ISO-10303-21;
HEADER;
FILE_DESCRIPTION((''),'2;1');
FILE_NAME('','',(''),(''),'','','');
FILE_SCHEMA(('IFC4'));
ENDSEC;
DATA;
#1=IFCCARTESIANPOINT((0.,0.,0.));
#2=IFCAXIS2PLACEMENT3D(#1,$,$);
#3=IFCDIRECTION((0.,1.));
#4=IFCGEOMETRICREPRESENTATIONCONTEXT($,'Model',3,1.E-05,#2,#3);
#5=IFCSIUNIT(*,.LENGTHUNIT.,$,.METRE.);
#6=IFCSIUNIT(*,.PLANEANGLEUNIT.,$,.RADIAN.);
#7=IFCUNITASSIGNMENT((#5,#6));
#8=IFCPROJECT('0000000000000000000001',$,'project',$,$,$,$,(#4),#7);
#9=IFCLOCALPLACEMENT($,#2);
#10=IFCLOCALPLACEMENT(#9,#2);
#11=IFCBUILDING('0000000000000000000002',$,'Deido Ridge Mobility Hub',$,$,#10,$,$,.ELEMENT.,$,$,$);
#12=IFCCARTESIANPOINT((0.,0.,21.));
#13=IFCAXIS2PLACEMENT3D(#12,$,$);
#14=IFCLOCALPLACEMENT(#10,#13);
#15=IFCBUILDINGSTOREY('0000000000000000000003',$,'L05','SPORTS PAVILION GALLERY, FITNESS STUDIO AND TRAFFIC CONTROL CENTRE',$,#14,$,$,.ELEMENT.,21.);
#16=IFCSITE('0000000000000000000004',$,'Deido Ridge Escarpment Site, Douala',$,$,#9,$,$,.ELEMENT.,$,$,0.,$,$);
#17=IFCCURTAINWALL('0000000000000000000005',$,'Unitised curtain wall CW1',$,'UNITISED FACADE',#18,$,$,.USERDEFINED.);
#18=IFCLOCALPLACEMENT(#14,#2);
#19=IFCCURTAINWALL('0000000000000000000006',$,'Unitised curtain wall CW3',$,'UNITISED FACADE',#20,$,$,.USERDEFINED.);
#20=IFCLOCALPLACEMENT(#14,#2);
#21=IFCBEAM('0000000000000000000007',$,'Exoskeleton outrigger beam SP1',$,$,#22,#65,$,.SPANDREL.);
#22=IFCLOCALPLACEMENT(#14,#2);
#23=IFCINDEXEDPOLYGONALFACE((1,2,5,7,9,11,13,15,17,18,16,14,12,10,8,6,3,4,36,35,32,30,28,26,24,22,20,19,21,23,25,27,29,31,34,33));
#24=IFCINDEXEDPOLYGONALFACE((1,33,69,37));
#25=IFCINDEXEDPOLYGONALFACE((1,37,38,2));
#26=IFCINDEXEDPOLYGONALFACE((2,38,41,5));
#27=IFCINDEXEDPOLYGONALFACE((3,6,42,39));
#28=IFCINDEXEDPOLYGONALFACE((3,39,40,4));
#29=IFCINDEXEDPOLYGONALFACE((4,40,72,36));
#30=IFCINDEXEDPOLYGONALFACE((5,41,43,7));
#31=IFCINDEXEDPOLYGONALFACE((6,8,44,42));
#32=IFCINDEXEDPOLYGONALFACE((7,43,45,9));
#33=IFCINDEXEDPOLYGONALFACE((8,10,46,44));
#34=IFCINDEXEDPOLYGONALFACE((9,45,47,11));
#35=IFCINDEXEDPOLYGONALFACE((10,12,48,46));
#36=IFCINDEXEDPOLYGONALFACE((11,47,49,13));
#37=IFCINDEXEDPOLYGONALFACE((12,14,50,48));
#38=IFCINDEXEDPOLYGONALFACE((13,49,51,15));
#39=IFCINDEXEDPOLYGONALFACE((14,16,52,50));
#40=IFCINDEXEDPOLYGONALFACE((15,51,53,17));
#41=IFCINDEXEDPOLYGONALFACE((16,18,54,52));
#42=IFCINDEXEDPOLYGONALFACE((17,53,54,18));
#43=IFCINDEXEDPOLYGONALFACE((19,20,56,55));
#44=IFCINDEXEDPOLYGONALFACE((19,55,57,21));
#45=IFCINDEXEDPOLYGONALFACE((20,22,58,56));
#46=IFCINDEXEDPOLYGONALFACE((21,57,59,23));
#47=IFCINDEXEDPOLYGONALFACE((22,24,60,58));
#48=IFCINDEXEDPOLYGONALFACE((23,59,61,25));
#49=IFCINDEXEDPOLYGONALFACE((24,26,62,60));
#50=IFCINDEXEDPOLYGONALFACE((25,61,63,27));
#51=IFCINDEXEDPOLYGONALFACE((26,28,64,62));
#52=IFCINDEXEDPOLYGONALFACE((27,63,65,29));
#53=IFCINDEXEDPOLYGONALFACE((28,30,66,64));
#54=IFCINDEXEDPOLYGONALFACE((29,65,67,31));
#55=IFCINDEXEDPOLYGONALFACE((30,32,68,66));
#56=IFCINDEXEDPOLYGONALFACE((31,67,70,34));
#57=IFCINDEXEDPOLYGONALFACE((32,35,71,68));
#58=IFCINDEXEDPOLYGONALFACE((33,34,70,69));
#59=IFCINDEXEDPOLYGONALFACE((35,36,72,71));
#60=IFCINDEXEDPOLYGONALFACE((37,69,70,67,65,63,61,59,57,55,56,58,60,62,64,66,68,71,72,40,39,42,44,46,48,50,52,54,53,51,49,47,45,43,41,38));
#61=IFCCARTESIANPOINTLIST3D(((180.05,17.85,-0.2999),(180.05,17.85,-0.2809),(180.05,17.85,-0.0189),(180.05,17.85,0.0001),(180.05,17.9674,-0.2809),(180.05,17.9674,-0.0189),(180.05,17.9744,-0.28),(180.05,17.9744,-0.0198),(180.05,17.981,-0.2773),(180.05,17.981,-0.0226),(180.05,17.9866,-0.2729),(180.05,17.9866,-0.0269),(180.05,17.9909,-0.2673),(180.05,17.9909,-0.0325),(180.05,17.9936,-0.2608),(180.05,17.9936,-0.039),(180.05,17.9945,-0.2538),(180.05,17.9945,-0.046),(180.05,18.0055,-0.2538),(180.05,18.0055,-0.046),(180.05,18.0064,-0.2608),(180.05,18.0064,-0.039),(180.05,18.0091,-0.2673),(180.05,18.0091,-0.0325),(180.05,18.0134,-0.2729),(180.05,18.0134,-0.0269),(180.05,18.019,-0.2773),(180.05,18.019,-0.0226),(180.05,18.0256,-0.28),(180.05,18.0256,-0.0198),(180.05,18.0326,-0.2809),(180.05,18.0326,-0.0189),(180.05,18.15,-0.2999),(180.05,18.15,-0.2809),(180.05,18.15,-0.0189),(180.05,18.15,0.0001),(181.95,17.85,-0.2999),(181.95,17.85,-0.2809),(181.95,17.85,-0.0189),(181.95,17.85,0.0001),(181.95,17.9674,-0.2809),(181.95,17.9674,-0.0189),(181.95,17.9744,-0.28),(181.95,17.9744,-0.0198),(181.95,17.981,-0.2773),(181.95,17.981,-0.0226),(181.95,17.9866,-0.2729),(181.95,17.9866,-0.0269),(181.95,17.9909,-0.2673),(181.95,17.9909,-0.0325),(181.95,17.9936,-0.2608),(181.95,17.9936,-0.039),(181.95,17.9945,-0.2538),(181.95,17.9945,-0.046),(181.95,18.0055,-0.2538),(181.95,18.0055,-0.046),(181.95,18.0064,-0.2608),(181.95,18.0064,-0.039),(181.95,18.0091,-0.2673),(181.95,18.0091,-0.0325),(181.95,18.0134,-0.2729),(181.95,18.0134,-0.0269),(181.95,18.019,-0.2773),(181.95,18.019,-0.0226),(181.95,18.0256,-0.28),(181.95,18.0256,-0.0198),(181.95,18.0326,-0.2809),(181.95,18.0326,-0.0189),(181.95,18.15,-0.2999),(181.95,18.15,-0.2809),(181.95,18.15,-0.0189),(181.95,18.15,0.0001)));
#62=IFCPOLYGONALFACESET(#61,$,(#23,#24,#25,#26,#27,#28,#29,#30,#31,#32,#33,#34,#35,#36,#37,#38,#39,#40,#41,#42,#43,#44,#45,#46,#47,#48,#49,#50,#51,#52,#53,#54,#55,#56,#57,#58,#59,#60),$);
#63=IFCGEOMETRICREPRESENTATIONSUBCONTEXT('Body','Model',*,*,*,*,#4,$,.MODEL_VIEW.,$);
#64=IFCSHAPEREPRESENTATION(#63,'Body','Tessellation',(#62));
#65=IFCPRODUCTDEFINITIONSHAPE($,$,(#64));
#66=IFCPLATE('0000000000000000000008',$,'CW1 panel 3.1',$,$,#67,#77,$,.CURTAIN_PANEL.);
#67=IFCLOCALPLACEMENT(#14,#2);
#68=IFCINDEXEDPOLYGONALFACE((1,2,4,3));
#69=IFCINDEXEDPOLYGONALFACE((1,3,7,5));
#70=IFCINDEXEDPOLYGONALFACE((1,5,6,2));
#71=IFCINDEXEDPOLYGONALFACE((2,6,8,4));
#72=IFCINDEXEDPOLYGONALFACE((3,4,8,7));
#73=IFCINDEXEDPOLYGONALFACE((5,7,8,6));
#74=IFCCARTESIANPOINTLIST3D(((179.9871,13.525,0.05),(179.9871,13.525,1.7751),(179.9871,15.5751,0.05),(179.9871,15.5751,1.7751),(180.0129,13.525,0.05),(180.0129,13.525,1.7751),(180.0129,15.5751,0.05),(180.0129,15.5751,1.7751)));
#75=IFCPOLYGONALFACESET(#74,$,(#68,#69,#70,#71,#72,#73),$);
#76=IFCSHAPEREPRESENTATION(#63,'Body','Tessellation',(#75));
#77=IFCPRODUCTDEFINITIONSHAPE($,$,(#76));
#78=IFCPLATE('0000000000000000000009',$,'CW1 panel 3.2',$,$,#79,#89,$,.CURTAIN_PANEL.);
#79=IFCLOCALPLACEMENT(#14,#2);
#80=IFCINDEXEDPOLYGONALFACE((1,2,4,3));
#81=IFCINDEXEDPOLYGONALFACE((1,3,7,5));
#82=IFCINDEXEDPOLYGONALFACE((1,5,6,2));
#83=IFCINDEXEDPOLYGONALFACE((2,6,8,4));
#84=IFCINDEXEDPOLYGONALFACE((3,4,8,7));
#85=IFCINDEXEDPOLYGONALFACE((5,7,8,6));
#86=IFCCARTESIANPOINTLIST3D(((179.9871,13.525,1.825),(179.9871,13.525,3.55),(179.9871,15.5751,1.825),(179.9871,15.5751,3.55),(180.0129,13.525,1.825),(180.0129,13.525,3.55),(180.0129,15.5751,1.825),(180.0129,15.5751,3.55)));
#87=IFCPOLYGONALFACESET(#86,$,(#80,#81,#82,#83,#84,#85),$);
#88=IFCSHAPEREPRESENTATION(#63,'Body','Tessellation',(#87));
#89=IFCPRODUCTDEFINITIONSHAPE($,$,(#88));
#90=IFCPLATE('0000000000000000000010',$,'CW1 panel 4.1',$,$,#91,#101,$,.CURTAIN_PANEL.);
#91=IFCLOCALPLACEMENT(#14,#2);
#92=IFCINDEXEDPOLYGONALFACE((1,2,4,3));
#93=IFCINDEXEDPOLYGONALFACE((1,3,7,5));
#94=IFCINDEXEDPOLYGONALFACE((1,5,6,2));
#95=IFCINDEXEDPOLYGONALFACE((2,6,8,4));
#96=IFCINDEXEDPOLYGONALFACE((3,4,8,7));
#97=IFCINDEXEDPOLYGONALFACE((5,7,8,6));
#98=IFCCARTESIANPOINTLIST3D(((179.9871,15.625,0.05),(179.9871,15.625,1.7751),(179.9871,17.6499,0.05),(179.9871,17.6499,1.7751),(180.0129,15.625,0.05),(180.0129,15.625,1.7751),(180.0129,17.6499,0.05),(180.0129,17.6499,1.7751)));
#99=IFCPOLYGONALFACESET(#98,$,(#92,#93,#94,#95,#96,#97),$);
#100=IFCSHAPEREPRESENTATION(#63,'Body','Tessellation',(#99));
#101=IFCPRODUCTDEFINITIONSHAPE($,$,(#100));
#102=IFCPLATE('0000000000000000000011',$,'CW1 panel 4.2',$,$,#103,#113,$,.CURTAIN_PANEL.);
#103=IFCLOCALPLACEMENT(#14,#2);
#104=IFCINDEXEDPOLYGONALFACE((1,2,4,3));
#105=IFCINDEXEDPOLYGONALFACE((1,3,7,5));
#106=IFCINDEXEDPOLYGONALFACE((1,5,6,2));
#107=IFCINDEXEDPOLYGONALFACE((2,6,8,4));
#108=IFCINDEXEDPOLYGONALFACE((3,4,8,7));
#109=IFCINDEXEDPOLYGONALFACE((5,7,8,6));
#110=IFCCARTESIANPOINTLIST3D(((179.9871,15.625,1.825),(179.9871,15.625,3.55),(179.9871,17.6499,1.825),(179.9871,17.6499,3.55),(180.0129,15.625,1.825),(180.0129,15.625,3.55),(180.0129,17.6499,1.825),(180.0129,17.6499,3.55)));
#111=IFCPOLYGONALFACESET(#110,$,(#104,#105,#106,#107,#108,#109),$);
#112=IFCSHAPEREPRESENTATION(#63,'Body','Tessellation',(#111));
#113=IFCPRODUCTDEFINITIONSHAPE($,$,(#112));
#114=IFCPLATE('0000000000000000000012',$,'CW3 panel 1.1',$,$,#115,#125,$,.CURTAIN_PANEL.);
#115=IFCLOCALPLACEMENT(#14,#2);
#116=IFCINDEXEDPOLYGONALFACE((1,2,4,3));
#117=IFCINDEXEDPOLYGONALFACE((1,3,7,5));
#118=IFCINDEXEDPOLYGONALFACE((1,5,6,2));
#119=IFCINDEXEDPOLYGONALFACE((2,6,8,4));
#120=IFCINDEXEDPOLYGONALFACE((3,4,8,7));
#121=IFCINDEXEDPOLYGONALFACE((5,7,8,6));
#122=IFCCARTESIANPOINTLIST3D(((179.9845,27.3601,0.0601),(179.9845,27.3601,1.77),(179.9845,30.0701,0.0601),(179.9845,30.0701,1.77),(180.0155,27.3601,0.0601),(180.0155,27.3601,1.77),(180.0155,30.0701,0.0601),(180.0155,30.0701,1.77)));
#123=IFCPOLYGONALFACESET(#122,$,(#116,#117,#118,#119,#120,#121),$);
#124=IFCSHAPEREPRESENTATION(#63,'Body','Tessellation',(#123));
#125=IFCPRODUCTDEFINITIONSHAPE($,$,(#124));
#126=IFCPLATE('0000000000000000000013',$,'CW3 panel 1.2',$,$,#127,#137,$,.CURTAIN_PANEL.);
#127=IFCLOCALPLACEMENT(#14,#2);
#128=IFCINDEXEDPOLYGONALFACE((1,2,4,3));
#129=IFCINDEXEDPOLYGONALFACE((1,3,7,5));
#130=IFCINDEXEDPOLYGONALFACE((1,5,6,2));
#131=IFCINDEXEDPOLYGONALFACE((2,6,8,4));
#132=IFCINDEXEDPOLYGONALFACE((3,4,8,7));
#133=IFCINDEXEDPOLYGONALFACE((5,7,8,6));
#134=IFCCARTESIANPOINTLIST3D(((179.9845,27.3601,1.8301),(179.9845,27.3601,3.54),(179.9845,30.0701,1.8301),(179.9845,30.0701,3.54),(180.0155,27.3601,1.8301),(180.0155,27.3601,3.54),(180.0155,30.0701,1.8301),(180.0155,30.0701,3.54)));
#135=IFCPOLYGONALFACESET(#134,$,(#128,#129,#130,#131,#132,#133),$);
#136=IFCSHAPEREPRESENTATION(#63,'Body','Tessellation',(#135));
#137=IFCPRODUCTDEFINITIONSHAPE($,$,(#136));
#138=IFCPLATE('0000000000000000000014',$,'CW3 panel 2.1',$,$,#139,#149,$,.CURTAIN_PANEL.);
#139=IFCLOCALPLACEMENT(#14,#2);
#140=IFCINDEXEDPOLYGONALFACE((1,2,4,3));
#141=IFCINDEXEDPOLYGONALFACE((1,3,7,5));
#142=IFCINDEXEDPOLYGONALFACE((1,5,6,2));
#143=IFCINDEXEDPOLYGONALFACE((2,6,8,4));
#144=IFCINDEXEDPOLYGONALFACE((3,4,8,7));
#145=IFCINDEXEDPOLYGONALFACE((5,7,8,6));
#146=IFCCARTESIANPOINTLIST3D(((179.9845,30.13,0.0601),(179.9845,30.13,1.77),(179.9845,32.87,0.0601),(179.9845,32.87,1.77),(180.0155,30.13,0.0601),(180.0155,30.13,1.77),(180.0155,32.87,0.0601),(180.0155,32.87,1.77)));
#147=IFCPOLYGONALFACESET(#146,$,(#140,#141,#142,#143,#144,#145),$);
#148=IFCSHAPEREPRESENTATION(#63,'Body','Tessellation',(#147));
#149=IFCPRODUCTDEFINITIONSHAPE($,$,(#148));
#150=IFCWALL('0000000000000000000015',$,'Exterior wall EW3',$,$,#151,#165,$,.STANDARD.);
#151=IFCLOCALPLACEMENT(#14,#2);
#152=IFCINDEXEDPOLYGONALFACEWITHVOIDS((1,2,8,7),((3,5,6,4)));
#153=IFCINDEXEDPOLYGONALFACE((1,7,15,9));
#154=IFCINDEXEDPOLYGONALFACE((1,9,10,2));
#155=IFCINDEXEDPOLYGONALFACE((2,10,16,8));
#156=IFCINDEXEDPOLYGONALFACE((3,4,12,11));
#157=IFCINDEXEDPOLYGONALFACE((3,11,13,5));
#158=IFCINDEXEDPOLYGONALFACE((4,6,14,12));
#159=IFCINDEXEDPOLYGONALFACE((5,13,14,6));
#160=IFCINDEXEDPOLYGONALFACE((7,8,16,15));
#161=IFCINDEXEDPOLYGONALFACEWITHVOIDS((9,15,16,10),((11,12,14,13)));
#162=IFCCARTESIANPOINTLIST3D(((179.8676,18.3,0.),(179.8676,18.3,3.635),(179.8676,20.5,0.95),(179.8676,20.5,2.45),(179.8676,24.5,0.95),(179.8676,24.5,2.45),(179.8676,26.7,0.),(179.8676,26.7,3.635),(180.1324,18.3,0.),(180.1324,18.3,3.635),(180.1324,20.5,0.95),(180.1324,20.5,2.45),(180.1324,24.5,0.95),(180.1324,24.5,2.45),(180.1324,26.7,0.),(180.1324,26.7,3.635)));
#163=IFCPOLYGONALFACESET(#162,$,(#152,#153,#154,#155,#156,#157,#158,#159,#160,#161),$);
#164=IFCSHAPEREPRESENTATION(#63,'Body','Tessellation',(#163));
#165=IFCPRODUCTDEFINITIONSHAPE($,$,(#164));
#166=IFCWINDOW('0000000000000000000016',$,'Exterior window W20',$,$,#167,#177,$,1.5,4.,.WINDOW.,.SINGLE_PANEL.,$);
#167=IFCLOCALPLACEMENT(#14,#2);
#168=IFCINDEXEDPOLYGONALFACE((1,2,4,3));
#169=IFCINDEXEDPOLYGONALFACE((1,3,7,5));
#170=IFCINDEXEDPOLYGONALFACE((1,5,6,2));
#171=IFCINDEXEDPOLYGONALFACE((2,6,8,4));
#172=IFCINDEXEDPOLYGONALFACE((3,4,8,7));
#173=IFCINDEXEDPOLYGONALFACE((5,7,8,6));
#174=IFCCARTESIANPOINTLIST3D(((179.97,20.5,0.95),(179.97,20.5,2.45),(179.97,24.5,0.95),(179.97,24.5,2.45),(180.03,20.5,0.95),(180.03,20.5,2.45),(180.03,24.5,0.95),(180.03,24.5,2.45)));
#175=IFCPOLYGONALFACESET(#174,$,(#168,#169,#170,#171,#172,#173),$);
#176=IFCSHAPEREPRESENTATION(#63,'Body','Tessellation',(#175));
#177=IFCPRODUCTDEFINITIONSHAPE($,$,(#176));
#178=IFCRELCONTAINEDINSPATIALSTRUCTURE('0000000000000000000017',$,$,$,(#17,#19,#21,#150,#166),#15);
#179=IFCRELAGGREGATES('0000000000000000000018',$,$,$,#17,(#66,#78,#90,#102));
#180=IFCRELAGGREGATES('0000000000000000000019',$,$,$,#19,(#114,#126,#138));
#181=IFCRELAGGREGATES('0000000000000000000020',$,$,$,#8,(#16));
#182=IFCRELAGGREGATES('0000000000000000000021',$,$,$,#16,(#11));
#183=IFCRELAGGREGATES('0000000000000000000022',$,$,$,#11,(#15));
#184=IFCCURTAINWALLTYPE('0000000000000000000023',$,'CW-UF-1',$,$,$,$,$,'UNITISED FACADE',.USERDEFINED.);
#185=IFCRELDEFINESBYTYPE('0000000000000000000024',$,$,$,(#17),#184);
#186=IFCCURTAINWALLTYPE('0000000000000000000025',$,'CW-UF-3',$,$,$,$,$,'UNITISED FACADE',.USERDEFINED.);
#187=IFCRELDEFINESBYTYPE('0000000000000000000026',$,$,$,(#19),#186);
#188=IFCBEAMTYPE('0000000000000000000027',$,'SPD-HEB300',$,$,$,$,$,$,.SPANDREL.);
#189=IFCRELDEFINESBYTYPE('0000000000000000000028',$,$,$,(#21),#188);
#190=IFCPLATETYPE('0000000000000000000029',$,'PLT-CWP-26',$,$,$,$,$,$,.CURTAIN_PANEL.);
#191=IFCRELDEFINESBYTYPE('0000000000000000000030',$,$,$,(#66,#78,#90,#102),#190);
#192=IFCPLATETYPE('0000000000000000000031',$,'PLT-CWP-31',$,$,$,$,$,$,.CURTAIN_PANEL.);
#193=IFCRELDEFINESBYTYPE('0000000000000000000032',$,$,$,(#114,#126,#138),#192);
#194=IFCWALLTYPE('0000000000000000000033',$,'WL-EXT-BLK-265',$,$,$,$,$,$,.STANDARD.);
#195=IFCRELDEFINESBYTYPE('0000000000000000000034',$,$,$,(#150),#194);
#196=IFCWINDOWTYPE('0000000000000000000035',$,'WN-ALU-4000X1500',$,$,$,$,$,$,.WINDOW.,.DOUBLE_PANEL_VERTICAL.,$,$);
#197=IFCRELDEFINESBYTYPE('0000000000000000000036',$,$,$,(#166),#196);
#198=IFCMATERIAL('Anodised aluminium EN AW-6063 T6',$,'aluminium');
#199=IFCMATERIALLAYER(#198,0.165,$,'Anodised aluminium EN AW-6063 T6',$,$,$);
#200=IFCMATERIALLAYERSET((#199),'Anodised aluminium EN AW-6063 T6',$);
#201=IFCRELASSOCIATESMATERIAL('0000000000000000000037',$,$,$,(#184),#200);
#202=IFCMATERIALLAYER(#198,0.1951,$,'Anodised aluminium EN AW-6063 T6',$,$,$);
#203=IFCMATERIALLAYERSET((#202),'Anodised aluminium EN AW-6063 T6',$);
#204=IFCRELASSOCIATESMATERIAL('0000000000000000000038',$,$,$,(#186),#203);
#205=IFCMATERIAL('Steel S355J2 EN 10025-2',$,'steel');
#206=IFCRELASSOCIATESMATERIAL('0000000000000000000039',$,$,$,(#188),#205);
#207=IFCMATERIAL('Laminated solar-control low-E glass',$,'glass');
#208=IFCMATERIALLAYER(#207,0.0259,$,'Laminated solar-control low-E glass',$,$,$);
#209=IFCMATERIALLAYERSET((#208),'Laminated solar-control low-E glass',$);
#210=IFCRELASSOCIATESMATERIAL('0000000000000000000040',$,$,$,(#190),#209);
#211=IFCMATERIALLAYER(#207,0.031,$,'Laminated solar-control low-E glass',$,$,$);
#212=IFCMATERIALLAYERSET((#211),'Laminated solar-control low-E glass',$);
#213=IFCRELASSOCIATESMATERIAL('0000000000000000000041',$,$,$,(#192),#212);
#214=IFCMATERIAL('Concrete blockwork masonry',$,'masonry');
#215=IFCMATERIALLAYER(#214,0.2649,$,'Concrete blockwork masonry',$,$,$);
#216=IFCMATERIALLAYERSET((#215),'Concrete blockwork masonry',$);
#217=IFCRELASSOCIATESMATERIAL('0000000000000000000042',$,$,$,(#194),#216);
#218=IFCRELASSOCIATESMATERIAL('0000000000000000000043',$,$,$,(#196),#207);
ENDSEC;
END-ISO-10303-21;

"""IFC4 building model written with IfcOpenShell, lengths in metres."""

from ifc_helpers import new_model, si_unit, direction, frame, frame_2d, origin, origin_2d, place, context, subcontext, project, spatial, rectangle, i_section, extrude, material, layer, layer_set, material_profile, profile_set, type_object, element, fill, aggregate, save


model = new_model("IFC4")

# Units and contexts
model_context = context("Model", 3, precision=1e-05, world=origin(), true_north=direction((0.0, 1.0)))
body_context = subcontext(model_context, "Body", "Model", "MODEL_VIEW")
ifc_project = project(units=[si_unit("LENGTHUNIT", "METRE"), si_unit("PLANEANGLEUNIT", "RADIAN")], contexts=[model_context])

# Site, building, storey
site_placement = place(None, origin())
site = spatial("IfcSite", under=ifc_project, at=site_placement, Name="Deido Ridge Escarpment Site, Douala", CompositionType="ELEMENT", RefElevation=0.0)
building_placement = place(site_placement, origin())
building = spatial("IfcBuilding", under=site, at=building_placement, Name="Deido Ridge Mobility Hub", CompositionType="ELEMENT")
storey_placement = place(building_placement, frame((0.0, 0.0, 21.0)))
storey = spatial("IfcBuildingStorey", under=building, at=storey_placement, Name="L05", Description="SPORTS PAVILION GALLERY, FITNESS STUDIO AND TRAFFIC CONTROL CENTRE", CompositionType="ELEMENT", Elevation=21.0)

# Shared definitions
ifc_material_1 = material(Name="Steel S355J2 EN 10025-2", Category="steel")

# Curtain walls
ifc_material_2 = material(Name="Anodised aluminium EN AW-6063 T6", Category="aluminium")
ifc_layer_1 = layer(ifc_material_2, 0.165, Name="Anodised aluminium EN AW-6063 T6")
ifc_layer_set_1 = layer_set([ifc_layer_1], Name="Anodised aluminium EN AW-6063 T6")
curtain_wall_type_1 = type_object("IfcCurtainWallType", Name="CW-UF-1", ElementType="UNITISED FACADE", PredefinedType="USERDEFINED", material=ifc_layer_set_1)
curtain_wall_1_placement = place(storey_placement, origin())
curtain_wall_1 = element("IfcCurtainWall", 1, at=curtain_wall_1_placement, inside=storey, type_object=curtain_wall_type_1, Name="Unitised curtain wall CW1", ObjectType="UNITISED FACADE", PredefinedType="USERDEFINED")
ifc_layer_2 = layer(ifc_material_2, 0.1951, Name="Anodised aluminium EN AW-6063 T6")
ifc_layer_set_2 = layer_set([ifc_layer_2], Name="Anodised aluminium EN AW-6063 T6")
curtain_wall_type_2 = type_object("IfcCurtainWallType", Name="CW-UF-3", ElementType="UNITISED FACADE", PredefinedType="USERDEFINED", material=ifc_layer_set_2)
curtain_wall_2_placement = place(storey_placement, origin())
curtain_wall_2 = element("IfcCurtainWall", 2, at=curtain_wall_2_placement, inside=storey, type_object=curtain_wall_type_2, Name="Unitised curtain wall CW3", ObjectType="UNITISED FACADE", PredefinedType="USERDEFINED")

# Beam
ifc_material_profile_1 = material_profile(ifc_material_1, i_section(OverallWidth=0.3, OverallDepth=0.3, WebThickness=0.011, FlangeThickness=0.019, FilletRadius=0.0271, at=origin_2d()), Name="HEB 300")
ifc_profile_set_1 = profile_set([ifc_material_profile_1], Name="Steel S355J2 EN 10025-2")
beam_type = type_object("IfcBeamType", Name="SPD-HEB300", PredefinedType="SPANDREL", material=ifc_profile_set_1)
beam_placement = place(storey_placement, frame((180.05, 18.0, -0.1499), z_axis=(1.0, 0.0, 0.0), x_axis=(0.0, 1.0, 0.0)))
element("IfcBeam", 3, at=beam_placement, inside=storey, type_object=beam_type, Name="Exoskeleton outrigger beam SP1", PredefinedType="SPANDREL", context=body_context, shape_type="SweptSolid", body=[
    extrude(i_section(OverallWidth=0.3, OverallDepth=0.3, WebThickness=0.011, FlangeThickness=0.019, FilletRadius=0.0271, at=origin_2d()), origin(), (0.0, 0.0, 1.0), 1.8999),
])

# Plates
ifc_material_3 = material(Name="Laminated solar-control low-E glass", Category="glass")
ifc_layer_3 = layer(ifc_material_3, 0.0259, Name="Laminated solar-control low-E glass")
ifc_layer_set_3 = layer_set([ifc_layer_3], Name="Laminated solar-control low-E glass")
plate_type_1 = type_object("IfcPlateType", Name="PLT-CWP-26", PredefinedType="CURTAIN_PANEL", material=ifc_layer_set_3)
plate_1_placement = place(storey_placement, frame((180.0, 14.55, 0.05), z_axis=(0.0, 0.0, 1.0), x_axis=(0.0, 1.0, 0.0)))
plate_1 = element("IfcPlate", 4, at=plate_1_placement, type_object=plate_type_1, Name="CW1 panel 3.1", PredefinedType="CURTAIN_PANEL", context=body_context, shape_type="SweptSolid", body=[
    extrude(rectangle(XDim=2.05, YDim=0.0259, at=origin_2d()), origin(), (0.0, 0.0, 1.0), 1.7251),
])
plate_2_placement = place(storey_placement, frame((180.0, 14.55, 1.825), z_axis=(0.0, 0.0, 1.0), x_axis=(0.0, 1.0, 0.0)))
plate_2 = element("IfcPlate", 5, at=plate_2_placement, type_object=plate_type_1, Name="CW1 panel 3.2", PredefinedType="CURTAIN_PANEL", context=body_context, shape_type="SweptSolid", body=[
    extrude(rectangle(XDim=2.05, YDim=0.0259, at=origin_2d()), origin(), (0.0, 0.0, 1.0), 1.7251),
])
plate_3_placement = place(storey_placement, frame((180.0, 16.6375, 0.05), z_axis=(0.0, 0.0, 1.0), x_axis=(0.0, 1.0, 0.0)))
plate_3 = element("IfcPlate", 6, at=plate_3_placement, type_object=plate_type_1, Name="CW1 panel 4.1", PredefinedType="CURTAIN_PANEL", context=body_context, shape_type="SweptSolid", body=[
    extrude(rectangle(XDim=2.0249, YDim=0.0259, at=origin_2d()), origin(), (0.0, 0.0, 1.0), 1.7251),
])
plate_4_placement = place(storey_placement, frame((180.0, 16.6375, 1.825), z_axis=(0.0, 0.0, 1.0), x_axis=(0.0, 1.0, 0.0)))
plate_4 = element("IfcPlate", 7, at=plate_4_placement, type_object=plate_type_1, Name="CW1 panel 4.2", PredefinedType="CURTAIN_PANEL", context=body_context, shape_type="SweptSolid", body=[
    extrude(rectangle(XDim=2.0249, YDim=0.0259, at=origin_2d()), origin(), (0.0, 0.0, 1.0), 1.7251),
])
aggregate(curtain_wall_1, [plate_1, plate_2, plate_3, plate_4])
ifc_layer_4 = layer(ifc_material_3, 0.031, Name="Laminated solar-control low-E glass")
ifc_layer_set_4 = layer_set([ifc_layer_4], Name="Laminated solar-control low-E glass")
plate_type_2 = type_object("IfcPlateType", Name="PLT-CWP-31", PredefinedType="CURTAIN_PANEL", material=ifc_layer_set_4)
plate_5_placement = place(storey_placement, frame((180.0, 28.7151, 0.0601), z_axis=(0.0, 0.0, 1.0), x_axis=(0.0, 1.0, 0.0)))
plate_5 = element("IfcPlate", 8, at=plate_5_placement, type_object=plate_type_2, Name="CW3 panel 1.1", PredefinedType="CURTAIN_PANEL", context=body_context, shape_type="SweptSolid", body=[
    extrude(rectangle(XDim=2.71, YDim=0.031, at=origin_2d()), origin(), (0.0, 0.0, 1.0), 1.71),
])
plate_6_placement = place(storey_placement, frame((180.0, 28.7151, 1.8301), z_axis=(0.0, 0.0, 1.0), x_axis=(0.0, 1.0, 0.0)))
plate_6 = element("IfcPlate", 9, at=plate_6_placement, type_object=plate_type_2, Name="CW3 panel 1.2", PredefinedType="CURTAIN_PANEL", context=body_context, shape_type="SweptSolid", body=[
    extrude(rectangle(XDim=2.71, YDim=0.031, at=origin_2d()), origin(), (0.0, 0.0, 1.0), 1.71),
])
plate_7_placement = place(storey_placement, frame((180.0, 31.5, 0.0601), z_axis=(0.0, 0.0, 1.0), x_axis=(0.0, 1.0, 0.0)))
plate_7 = element("IfcPlate", 10, at=plate_7_placement, type_object=plate_type_2, Name="CW3 panel 2.1", PredefinedType="CURTAIN_PANEL", context=body_context, shape_type="SweptSolid", body=[
    extrude(rectangle(XDim=2.74, YDim=0.031, at=origin_2d()), origin(), (0.0, 0.0, 1.0), 1.71),
])
aggregate(curtain_wall_2, [plate_5, plate_6, plate_7])

# Wall, opening, window
ifc_material_4 = material(Name="Concrete blockwork masonry", Category="masonry")
ifc_layer_5 = layer(ifc_material_4, 0.2649, Name="Concrete blockwork masonry")
ifc_layer_set_5 = layer_set([ifc_layer_5], Name="Concrete blockwork masonry")
wall_type = type_object("IfcWallType", Name="WL-EXT-BLK-265", PredefinedType="STANDARD", material=ifc_layer_set_5)
wall_placement = place(storey_placement, frame((180.0, 18.3, 0.0), z_axis=(0.0, 0.0, 1.0), x_axis=(0.0, 1.0, 0.0)))
wall = element("IfcWall", 11, at=wall_placement, inside=storey, type_object=wall_type, Name="Exterior wall EW3", PredefinedType="STANDARD", context=body_context, shape_type="SweptSolid", body=[
    extrude(rectangle(XDim=8.3999, YDim=0.2649, at=frame_2d((4.2, 0.0))), origin(), (0.0, 0.0, 1.0), 3.635),
])
opening_placement = place(wall_placement, frame((2.2, 0.0, 0.95)))
opening = element("IfcOpeningElement", 12, at=opening_placement, cuts=wall, PredefinedType="OPENING", context=body_context, shape_type="SweptSolid", body=[
    extrude(rectangle(XDim=4.0, YDim=1.5, at=frame_2d((2.0, 0.75))), frame((0.0, 0.1426, 0.0), z_axis=(0.0, -1.0, 0.0), x_axis=(1.0, 0.0, 0.0)), (0.0, 0.0, 1.0), 0.2849),
])
window_type = type_object("IfcWindowType", Name="WN-ALU-4000X1500", PartitioningType="DOUBLE_PANEL_VERTICAL", PredefinedType="WINDOW", material=ifc_material_3)
window_placement = place(opening_placement, origin())
window = element("IfcWindow", 13, at=window_placement, inside=storey, type_object=window_type, Name="Exterior window W20", OverallHeight=1.5, OverallWidth=4.0, PartitioningType="SINGLE_PANEL", PredefinedType="WINDOW", context=body_context, shape_type="SweptSolid", body=[
    extrude(rectangle(XDim=4.0, YDim=1.5, at=frame_2d((2.0, 0.75))), frame((0.0, 0.03, 0.0), z_axis=(0.0, -1.0, 0.0), x_axis=(1.0, 0.0, 0.0)), (0.0, 0.0, 1.0), 0.0601),
])
fill(opening, window)

save(model, "model.ifc")
